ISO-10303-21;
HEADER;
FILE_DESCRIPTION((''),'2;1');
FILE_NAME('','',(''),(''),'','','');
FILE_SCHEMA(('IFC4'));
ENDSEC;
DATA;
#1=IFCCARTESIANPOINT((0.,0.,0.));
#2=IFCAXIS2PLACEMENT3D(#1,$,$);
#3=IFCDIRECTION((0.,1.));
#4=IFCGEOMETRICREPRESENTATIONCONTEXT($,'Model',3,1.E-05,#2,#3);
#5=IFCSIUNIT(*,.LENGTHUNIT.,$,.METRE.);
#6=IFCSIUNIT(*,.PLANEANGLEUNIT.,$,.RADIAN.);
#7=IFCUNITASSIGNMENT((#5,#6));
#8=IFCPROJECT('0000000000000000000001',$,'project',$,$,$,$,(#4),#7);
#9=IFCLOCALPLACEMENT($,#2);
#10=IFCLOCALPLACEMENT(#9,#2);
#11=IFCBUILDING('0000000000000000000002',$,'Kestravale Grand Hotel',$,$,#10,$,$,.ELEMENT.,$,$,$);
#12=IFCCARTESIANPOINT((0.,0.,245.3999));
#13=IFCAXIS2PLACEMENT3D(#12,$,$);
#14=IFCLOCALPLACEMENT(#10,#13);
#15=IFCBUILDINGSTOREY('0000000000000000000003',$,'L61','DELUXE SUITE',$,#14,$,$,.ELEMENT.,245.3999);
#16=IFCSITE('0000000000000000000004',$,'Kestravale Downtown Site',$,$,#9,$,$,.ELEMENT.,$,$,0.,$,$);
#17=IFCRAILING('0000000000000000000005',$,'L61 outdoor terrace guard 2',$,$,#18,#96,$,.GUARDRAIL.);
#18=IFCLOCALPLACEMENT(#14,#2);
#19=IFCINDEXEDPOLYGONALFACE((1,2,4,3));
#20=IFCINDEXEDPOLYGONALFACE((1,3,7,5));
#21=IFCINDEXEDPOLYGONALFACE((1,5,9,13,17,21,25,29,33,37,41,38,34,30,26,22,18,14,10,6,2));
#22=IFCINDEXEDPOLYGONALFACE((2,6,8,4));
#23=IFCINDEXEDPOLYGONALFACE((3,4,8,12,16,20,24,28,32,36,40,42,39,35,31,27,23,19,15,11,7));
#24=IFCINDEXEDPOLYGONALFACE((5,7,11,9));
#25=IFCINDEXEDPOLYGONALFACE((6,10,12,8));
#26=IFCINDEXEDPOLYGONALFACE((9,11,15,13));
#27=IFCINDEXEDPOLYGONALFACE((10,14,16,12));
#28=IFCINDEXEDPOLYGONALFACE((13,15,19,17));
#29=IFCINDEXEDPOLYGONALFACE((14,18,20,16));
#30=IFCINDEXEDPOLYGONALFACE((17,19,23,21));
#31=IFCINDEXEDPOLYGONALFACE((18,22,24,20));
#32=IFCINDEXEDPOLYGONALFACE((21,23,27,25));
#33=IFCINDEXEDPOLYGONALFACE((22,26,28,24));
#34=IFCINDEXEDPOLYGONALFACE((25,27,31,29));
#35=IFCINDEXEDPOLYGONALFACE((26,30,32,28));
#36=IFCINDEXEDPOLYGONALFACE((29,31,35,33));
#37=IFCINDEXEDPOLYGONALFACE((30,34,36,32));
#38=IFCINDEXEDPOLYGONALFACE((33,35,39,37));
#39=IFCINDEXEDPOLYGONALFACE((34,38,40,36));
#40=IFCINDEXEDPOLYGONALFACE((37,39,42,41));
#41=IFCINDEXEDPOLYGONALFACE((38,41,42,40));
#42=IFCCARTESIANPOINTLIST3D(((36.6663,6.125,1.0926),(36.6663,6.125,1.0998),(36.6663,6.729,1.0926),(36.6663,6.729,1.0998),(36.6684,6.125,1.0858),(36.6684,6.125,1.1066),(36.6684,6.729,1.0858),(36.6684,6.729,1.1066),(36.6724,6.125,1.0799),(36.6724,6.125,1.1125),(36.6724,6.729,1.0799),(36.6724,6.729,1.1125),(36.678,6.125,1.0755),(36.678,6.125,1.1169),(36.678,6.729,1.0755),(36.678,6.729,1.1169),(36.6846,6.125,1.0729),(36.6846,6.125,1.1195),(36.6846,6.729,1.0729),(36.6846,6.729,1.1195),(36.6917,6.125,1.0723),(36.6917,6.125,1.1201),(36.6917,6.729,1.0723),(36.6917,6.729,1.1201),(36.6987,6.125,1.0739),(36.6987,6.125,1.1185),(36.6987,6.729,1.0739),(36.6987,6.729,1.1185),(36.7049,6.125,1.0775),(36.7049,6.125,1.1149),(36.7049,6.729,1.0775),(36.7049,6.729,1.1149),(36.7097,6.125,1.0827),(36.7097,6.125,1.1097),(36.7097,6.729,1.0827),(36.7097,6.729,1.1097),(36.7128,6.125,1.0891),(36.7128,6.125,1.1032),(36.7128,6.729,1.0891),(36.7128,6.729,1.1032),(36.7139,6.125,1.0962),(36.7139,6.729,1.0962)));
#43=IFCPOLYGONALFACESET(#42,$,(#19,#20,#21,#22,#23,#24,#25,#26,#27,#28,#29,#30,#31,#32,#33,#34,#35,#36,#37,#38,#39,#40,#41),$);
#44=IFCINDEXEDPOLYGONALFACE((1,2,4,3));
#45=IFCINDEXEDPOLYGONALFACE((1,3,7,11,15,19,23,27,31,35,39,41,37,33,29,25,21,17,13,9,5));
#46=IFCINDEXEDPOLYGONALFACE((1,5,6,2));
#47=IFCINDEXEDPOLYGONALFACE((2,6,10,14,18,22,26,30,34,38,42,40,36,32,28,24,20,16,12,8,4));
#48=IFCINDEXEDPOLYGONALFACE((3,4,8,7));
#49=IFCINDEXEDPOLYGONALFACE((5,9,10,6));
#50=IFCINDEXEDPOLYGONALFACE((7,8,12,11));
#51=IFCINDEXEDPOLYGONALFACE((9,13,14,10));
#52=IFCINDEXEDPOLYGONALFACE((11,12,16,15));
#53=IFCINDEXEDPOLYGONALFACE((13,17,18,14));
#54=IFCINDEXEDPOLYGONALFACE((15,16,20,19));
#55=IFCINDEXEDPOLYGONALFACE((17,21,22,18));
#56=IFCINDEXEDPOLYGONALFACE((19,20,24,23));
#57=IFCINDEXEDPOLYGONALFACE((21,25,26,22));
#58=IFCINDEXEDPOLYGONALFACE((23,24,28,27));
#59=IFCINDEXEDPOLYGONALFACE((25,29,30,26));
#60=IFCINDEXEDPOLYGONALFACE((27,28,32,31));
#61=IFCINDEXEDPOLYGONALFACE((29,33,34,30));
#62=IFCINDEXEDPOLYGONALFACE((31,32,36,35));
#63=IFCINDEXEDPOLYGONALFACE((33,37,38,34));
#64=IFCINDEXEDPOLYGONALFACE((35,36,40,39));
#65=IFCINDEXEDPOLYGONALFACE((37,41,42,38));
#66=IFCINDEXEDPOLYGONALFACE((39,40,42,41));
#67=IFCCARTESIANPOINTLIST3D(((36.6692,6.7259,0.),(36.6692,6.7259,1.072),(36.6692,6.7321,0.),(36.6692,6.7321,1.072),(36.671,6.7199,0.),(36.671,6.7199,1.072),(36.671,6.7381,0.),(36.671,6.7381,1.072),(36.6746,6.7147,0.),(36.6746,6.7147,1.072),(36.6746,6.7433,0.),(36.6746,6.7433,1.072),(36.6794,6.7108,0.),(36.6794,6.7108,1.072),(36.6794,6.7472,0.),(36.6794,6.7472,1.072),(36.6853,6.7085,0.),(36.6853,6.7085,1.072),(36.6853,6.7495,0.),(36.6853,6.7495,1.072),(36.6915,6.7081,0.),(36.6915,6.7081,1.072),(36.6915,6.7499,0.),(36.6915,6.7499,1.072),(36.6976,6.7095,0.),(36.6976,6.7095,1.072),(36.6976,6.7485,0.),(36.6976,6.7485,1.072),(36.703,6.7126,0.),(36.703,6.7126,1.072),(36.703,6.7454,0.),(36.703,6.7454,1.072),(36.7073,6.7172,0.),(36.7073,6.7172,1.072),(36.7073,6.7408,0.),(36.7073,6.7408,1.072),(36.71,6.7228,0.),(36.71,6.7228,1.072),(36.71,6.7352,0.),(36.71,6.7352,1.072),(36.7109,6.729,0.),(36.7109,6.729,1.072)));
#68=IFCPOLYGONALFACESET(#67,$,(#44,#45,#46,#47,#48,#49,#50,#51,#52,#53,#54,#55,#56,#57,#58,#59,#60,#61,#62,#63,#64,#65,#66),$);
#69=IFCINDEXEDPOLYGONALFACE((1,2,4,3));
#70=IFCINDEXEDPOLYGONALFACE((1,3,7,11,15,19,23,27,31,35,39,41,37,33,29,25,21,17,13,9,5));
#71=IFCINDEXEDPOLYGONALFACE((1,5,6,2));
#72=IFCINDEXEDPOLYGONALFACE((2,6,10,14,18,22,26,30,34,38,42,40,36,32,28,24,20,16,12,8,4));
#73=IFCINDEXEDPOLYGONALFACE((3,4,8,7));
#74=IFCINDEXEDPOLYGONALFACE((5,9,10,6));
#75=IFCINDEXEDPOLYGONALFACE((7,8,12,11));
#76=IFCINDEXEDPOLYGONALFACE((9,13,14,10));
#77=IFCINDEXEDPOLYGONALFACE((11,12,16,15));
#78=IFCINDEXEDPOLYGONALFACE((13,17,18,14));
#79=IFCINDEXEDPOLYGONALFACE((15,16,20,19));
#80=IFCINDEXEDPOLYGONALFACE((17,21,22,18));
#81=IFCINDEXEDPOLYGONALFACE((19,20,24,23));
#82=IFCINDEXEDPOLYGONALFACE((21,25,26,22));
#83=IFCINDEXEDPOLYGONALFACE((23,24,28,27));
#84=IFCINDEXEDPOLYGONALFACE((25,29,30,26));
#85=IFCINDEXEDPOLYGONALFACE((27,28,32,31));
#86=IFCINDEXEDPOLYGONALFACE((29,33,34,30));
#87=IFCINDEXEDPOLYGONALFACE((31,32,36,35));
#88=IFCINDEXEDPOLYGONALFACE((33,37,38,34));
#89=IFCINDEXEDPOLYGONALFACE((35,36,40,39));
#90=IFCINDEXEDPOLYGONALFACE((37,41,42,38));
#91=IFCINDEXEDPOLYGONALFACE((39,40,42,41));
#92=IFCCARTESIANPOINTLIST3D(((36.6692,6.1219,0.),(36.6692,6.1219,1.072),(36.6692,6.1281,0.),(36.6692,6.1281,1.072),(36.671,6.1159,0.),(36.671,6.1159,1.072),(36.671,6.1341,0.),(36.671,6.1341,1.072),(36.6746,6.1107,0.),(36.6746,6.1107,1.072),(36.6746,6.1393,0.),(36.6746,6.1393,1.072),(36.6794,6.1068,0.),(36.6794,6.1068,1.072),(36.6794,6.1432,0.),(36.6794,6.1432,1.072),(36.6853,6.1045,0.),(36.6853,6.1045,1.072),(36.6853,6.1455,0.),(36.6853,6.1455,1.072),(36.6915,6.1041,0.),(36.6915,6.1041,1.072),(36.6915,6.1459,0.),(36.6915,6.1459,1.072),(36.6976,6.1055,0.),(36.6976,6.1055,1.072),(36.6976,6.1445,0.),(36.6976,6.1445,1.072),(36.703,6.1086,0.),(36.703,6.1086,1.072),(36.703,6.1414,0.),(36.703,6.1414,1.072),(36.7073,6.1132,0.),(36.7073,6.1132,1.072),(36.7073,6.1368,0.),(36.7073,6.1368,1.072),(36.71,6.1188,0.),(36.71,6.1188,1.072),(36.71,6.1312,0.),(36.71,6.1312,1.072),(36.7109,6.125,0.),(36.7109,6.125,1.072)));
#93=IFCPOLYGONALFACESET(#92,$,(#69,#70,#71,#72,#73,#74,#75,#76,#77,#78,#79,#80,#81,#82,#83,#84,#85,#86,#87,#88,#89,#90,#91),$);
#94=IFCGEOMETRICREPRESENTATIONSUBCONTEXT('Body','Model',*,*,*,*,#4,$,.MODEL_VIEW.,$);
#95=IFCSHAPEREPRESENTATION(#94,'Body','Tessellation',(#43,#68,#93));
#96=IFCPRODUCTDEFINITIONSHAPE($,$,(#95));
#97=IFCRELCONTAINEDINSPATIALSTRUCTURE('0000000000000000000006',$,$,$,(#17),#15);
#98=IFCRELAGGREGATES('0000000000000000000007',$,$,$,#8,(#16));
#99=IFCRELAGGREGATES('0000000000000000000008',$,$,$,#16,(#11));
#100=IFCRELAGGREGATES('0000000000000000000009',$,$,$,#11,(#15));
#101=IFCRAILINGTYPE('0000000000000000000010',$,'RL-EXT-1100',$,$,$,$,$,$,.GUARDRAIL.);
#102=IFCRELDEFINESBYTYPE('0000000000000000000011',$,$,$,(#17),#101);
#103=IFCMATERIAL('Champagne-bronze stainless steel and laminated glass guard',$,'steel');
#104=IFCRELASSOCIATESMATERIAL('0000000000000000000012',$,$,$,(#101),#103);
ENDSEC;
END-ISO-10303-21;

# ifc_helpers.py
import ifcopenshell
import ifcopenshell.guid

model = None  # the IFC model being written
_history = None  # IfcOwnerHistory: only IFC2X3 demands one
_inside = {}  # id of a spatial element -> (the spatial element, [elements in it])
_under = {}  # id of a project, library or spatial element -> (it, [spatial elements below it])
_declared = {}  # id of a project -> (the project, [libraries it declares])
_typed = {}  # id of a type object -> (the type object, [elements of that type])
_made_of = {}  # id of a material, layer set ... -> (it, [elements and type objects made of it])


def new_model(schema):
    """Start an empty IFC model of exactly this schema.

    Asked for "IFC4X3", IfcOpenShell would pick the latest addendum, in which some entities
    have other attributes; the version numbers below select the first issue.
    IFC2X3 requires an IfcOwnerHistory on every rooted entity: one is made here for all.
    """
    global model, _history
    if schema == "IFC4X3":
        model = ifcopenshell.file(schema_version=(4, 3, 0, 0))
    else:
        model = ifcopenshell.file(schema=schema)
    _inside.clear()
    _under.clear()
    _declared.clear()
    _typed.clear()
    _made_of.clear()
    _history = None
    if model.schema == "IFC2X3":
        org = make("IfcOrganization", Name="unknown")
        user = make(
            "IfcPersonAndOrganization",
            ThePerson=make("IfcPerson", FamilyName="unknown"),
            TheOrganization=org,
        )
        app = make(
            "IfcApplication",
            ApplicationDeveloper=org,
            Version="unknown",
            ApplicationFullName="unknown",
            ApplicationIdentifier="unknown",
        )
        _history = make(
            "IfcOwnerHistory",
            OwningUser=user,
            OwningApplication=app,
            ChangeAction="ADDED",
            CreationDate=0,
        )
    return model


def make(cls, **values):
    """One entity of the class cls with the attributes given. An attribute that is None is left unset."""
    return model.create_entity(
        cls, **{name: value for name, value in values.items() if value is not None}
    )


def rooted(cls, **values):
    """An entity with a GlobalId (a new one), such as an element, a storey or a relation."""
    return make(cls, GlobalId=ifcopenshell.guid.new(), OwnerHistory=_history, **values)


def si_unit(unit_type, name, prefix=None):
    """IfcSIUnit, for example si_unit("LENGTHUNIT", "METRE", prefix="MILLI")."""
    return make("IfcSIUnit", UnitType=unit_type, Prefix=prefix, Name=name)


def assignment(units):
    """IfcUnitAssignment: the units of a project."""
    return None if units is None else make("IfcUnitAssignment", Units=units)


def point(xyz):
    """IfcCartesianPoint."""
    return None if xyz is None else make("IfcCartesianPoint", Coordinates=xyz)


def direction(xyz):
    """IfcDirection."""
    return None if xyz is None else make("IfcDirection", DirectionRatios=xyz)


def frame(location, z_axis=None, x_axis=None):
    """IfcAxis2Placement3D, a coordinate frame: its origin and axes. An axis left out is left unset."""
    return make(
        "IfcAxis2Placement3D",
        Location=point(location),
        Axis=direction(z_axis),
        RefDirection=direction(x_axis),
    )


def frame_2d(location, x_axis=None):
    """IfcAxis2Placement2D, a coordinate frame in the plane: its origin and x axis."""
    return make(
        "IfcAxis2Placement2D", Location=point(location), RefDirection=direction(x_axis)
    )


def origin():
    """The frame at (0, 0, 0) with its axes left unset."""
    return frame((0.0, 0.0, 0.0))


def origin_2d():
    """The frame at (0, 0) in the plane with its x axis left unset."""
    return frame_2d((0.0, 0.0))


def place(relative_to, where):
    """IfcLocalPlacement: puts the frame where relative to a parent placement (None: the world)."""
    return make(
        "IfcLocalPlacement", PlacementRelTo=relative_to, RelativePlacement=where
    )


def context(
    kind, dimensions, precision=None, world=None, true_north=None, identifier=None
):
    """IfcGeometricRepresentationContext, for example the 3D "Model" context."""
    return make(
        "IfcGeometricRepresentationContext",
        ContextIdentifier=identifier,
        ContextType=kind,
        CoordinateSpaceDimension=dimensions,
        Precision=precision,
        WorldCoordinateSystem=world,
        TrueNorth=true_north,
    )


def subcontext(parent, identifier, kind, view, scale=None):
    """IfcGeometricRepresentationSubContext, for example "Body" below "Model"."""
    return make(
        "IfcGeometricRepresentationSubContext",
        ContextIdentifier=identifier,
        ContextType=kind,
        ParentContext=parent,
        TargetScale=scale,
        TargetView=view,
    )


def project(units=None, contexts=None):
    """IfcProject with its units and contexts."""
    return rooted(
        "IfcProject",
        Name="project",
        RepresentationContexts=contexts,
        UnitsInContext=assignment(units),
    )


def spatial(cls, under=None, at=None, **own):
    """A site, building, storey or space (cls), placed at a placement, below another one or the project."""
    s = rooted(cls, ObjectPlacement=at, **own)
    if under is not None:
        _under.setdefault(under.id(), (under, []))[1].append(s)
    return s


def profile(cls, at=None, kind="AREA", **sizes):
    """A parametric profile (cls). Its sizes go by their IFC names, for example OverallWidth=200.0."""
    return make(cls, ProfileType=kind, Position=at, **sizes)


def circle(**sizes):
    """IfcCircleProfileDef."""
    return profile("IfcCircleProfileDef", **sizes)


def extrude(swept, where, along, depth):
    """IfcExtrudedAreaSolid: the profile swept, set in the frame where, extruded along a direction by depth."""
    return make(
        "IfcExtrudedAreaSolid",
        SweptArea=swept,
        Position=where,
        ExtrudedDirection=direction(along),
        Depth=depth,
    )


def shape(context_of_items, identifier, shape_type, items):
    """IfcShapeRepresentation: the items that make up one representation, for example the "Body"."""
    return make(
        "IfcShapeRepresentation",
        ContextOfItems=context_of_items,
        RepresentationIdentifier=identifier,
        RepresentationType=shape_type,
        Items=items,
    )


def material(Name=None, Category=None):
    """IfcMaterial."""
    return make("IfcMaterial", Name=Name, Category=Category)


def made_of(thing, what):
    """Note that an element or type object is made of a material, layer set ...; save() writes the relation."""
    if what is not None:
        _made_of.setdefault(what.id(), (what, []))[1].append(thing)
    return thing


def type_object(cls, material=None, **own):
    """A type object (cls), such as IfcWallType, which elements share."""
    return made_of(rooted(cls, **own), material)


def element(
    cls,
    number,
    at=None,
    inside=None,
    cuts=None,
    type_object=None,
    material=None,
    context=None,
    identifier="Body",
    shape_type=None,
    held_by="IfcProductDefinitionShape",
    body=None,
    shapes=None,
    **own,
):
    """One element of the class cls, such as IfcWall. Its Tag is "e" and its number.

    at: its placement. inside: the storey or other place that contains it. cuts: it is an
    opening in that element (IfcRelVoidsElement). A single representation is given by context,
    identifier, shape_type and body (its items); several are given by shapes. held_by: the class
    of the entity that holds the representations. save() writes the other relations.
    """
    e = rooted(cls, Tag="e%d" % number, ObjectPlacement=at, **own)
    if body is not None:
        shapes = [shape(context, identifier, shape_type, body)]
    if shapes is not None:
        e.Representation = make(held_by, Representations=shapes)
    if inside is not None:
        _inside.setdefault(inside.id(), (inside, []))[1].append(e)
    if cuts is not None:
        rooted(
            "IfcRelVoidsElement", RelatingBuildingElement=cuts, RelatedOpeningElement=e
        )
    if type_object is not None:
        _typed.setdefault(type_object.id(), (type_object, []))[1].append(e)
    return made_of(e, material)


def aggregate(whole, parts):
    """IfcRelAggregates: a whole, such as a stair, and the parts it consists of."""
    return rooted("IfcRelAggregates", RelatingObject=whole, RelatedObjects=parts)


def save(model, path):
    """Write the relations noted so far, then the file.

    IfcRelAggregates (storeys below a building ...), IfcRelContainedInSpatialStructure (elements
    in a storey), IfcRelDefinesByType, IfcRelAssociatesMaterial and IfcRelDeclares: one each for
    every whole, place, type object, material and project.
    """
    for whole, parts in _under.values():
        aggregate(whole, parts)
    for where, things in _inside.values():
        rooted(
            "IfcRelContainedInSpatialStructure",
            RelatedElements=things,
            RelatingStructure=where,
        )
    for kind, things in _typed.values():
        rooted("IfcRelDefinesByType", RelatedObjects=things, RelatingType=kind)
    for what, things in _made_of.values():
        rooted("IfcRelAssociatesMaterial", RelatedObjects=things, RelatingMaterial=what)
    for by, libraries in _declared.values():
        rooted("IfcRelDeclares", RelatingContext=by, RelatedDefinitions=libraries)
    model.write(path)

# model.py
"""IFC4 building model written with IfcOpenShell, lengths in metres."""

from ifc_helpers import new_model, si_unit, direction, frame, origin, origin_2d, place, context, subcontext, project, spatial, circle, extrude, material, type_object, element, save


model = new_model("IFC4")

# Units and contexts
model_context = context("Model", 3, precision=1e-05, world=origin(), true_north=direction((0.0, 1.0)))
body_context = subcontext(model_context, "Body", "Model", "MODEL_VIEW")
ifc_project = project(units=[si_unit("LENGTHUNIT", "METRE"), si_unit("PLANEANGLEUNIT", "RADIAN")], contexts=[model_context])

# Site, building, storey
site_placement = place(None, origin())
site = spatial("IfcSite", under=ifc_project, at=site_placement, Name="Kestravale Downtown Site", CompositionType="ELEMENT", RefElevation=0.0)
building_placement = place(site_placement, origin())
building = spatial("IfcBuilding", under=site, at=building_placement, Name="Kestravale Grand Hotel", CompositionType="ELEMENT")
storey_placement = place(building_placement, frame((0.0, 0.0, 245.3999)))
storey = spatial("IfcBuildingStorey", under=building, at=storey_placement, Name="L61", Description="DELUXE SUITE", CompositionType="ELEMENT", Elevation=245.3999)

# Railing
ifc_material_1 = material(Name="Champagne-bronze stainless steel and laminated glass guard", Category="steel")
railing_type = type_object("IfcRailingType", Name="RL-EXT-1100", PredefinedType="GUARDRAIL", material=ifc_material_1)
railing_1_placement = place(storey_placement, frame((36.6899, 6.729, 0.0)))
element("IfcRailing", 1, at=railing_1_placement, inside=storey, type_object=railing_type, Name="L61 outdoor terrace guard 2", PredefinedType="GUARDRAIL", context=body_context, shape_type="SweptSolid", body=[
    extrude(circle(Radius=0.0239, at=origin_2d()), frame((0.0, 0.0, 1.0962), z_axis=(0.0, -1.0, 0.0), x_axis=(1.0, 0.0, 0.0)), (0.0, 0.0, 1.0), 0.604),
    extrude(circle(Radius=0.021, at=origin_2d()), origin(), (0.0, 0.0, 1.0), 1.072),
    extrude(circle(Radius=0.021, at=origin_2d()), frame((0.0, -0.604, 0.0)), (0.0, 0.0, 1.0), 1.072),
])

save(model, "model.ifc")
